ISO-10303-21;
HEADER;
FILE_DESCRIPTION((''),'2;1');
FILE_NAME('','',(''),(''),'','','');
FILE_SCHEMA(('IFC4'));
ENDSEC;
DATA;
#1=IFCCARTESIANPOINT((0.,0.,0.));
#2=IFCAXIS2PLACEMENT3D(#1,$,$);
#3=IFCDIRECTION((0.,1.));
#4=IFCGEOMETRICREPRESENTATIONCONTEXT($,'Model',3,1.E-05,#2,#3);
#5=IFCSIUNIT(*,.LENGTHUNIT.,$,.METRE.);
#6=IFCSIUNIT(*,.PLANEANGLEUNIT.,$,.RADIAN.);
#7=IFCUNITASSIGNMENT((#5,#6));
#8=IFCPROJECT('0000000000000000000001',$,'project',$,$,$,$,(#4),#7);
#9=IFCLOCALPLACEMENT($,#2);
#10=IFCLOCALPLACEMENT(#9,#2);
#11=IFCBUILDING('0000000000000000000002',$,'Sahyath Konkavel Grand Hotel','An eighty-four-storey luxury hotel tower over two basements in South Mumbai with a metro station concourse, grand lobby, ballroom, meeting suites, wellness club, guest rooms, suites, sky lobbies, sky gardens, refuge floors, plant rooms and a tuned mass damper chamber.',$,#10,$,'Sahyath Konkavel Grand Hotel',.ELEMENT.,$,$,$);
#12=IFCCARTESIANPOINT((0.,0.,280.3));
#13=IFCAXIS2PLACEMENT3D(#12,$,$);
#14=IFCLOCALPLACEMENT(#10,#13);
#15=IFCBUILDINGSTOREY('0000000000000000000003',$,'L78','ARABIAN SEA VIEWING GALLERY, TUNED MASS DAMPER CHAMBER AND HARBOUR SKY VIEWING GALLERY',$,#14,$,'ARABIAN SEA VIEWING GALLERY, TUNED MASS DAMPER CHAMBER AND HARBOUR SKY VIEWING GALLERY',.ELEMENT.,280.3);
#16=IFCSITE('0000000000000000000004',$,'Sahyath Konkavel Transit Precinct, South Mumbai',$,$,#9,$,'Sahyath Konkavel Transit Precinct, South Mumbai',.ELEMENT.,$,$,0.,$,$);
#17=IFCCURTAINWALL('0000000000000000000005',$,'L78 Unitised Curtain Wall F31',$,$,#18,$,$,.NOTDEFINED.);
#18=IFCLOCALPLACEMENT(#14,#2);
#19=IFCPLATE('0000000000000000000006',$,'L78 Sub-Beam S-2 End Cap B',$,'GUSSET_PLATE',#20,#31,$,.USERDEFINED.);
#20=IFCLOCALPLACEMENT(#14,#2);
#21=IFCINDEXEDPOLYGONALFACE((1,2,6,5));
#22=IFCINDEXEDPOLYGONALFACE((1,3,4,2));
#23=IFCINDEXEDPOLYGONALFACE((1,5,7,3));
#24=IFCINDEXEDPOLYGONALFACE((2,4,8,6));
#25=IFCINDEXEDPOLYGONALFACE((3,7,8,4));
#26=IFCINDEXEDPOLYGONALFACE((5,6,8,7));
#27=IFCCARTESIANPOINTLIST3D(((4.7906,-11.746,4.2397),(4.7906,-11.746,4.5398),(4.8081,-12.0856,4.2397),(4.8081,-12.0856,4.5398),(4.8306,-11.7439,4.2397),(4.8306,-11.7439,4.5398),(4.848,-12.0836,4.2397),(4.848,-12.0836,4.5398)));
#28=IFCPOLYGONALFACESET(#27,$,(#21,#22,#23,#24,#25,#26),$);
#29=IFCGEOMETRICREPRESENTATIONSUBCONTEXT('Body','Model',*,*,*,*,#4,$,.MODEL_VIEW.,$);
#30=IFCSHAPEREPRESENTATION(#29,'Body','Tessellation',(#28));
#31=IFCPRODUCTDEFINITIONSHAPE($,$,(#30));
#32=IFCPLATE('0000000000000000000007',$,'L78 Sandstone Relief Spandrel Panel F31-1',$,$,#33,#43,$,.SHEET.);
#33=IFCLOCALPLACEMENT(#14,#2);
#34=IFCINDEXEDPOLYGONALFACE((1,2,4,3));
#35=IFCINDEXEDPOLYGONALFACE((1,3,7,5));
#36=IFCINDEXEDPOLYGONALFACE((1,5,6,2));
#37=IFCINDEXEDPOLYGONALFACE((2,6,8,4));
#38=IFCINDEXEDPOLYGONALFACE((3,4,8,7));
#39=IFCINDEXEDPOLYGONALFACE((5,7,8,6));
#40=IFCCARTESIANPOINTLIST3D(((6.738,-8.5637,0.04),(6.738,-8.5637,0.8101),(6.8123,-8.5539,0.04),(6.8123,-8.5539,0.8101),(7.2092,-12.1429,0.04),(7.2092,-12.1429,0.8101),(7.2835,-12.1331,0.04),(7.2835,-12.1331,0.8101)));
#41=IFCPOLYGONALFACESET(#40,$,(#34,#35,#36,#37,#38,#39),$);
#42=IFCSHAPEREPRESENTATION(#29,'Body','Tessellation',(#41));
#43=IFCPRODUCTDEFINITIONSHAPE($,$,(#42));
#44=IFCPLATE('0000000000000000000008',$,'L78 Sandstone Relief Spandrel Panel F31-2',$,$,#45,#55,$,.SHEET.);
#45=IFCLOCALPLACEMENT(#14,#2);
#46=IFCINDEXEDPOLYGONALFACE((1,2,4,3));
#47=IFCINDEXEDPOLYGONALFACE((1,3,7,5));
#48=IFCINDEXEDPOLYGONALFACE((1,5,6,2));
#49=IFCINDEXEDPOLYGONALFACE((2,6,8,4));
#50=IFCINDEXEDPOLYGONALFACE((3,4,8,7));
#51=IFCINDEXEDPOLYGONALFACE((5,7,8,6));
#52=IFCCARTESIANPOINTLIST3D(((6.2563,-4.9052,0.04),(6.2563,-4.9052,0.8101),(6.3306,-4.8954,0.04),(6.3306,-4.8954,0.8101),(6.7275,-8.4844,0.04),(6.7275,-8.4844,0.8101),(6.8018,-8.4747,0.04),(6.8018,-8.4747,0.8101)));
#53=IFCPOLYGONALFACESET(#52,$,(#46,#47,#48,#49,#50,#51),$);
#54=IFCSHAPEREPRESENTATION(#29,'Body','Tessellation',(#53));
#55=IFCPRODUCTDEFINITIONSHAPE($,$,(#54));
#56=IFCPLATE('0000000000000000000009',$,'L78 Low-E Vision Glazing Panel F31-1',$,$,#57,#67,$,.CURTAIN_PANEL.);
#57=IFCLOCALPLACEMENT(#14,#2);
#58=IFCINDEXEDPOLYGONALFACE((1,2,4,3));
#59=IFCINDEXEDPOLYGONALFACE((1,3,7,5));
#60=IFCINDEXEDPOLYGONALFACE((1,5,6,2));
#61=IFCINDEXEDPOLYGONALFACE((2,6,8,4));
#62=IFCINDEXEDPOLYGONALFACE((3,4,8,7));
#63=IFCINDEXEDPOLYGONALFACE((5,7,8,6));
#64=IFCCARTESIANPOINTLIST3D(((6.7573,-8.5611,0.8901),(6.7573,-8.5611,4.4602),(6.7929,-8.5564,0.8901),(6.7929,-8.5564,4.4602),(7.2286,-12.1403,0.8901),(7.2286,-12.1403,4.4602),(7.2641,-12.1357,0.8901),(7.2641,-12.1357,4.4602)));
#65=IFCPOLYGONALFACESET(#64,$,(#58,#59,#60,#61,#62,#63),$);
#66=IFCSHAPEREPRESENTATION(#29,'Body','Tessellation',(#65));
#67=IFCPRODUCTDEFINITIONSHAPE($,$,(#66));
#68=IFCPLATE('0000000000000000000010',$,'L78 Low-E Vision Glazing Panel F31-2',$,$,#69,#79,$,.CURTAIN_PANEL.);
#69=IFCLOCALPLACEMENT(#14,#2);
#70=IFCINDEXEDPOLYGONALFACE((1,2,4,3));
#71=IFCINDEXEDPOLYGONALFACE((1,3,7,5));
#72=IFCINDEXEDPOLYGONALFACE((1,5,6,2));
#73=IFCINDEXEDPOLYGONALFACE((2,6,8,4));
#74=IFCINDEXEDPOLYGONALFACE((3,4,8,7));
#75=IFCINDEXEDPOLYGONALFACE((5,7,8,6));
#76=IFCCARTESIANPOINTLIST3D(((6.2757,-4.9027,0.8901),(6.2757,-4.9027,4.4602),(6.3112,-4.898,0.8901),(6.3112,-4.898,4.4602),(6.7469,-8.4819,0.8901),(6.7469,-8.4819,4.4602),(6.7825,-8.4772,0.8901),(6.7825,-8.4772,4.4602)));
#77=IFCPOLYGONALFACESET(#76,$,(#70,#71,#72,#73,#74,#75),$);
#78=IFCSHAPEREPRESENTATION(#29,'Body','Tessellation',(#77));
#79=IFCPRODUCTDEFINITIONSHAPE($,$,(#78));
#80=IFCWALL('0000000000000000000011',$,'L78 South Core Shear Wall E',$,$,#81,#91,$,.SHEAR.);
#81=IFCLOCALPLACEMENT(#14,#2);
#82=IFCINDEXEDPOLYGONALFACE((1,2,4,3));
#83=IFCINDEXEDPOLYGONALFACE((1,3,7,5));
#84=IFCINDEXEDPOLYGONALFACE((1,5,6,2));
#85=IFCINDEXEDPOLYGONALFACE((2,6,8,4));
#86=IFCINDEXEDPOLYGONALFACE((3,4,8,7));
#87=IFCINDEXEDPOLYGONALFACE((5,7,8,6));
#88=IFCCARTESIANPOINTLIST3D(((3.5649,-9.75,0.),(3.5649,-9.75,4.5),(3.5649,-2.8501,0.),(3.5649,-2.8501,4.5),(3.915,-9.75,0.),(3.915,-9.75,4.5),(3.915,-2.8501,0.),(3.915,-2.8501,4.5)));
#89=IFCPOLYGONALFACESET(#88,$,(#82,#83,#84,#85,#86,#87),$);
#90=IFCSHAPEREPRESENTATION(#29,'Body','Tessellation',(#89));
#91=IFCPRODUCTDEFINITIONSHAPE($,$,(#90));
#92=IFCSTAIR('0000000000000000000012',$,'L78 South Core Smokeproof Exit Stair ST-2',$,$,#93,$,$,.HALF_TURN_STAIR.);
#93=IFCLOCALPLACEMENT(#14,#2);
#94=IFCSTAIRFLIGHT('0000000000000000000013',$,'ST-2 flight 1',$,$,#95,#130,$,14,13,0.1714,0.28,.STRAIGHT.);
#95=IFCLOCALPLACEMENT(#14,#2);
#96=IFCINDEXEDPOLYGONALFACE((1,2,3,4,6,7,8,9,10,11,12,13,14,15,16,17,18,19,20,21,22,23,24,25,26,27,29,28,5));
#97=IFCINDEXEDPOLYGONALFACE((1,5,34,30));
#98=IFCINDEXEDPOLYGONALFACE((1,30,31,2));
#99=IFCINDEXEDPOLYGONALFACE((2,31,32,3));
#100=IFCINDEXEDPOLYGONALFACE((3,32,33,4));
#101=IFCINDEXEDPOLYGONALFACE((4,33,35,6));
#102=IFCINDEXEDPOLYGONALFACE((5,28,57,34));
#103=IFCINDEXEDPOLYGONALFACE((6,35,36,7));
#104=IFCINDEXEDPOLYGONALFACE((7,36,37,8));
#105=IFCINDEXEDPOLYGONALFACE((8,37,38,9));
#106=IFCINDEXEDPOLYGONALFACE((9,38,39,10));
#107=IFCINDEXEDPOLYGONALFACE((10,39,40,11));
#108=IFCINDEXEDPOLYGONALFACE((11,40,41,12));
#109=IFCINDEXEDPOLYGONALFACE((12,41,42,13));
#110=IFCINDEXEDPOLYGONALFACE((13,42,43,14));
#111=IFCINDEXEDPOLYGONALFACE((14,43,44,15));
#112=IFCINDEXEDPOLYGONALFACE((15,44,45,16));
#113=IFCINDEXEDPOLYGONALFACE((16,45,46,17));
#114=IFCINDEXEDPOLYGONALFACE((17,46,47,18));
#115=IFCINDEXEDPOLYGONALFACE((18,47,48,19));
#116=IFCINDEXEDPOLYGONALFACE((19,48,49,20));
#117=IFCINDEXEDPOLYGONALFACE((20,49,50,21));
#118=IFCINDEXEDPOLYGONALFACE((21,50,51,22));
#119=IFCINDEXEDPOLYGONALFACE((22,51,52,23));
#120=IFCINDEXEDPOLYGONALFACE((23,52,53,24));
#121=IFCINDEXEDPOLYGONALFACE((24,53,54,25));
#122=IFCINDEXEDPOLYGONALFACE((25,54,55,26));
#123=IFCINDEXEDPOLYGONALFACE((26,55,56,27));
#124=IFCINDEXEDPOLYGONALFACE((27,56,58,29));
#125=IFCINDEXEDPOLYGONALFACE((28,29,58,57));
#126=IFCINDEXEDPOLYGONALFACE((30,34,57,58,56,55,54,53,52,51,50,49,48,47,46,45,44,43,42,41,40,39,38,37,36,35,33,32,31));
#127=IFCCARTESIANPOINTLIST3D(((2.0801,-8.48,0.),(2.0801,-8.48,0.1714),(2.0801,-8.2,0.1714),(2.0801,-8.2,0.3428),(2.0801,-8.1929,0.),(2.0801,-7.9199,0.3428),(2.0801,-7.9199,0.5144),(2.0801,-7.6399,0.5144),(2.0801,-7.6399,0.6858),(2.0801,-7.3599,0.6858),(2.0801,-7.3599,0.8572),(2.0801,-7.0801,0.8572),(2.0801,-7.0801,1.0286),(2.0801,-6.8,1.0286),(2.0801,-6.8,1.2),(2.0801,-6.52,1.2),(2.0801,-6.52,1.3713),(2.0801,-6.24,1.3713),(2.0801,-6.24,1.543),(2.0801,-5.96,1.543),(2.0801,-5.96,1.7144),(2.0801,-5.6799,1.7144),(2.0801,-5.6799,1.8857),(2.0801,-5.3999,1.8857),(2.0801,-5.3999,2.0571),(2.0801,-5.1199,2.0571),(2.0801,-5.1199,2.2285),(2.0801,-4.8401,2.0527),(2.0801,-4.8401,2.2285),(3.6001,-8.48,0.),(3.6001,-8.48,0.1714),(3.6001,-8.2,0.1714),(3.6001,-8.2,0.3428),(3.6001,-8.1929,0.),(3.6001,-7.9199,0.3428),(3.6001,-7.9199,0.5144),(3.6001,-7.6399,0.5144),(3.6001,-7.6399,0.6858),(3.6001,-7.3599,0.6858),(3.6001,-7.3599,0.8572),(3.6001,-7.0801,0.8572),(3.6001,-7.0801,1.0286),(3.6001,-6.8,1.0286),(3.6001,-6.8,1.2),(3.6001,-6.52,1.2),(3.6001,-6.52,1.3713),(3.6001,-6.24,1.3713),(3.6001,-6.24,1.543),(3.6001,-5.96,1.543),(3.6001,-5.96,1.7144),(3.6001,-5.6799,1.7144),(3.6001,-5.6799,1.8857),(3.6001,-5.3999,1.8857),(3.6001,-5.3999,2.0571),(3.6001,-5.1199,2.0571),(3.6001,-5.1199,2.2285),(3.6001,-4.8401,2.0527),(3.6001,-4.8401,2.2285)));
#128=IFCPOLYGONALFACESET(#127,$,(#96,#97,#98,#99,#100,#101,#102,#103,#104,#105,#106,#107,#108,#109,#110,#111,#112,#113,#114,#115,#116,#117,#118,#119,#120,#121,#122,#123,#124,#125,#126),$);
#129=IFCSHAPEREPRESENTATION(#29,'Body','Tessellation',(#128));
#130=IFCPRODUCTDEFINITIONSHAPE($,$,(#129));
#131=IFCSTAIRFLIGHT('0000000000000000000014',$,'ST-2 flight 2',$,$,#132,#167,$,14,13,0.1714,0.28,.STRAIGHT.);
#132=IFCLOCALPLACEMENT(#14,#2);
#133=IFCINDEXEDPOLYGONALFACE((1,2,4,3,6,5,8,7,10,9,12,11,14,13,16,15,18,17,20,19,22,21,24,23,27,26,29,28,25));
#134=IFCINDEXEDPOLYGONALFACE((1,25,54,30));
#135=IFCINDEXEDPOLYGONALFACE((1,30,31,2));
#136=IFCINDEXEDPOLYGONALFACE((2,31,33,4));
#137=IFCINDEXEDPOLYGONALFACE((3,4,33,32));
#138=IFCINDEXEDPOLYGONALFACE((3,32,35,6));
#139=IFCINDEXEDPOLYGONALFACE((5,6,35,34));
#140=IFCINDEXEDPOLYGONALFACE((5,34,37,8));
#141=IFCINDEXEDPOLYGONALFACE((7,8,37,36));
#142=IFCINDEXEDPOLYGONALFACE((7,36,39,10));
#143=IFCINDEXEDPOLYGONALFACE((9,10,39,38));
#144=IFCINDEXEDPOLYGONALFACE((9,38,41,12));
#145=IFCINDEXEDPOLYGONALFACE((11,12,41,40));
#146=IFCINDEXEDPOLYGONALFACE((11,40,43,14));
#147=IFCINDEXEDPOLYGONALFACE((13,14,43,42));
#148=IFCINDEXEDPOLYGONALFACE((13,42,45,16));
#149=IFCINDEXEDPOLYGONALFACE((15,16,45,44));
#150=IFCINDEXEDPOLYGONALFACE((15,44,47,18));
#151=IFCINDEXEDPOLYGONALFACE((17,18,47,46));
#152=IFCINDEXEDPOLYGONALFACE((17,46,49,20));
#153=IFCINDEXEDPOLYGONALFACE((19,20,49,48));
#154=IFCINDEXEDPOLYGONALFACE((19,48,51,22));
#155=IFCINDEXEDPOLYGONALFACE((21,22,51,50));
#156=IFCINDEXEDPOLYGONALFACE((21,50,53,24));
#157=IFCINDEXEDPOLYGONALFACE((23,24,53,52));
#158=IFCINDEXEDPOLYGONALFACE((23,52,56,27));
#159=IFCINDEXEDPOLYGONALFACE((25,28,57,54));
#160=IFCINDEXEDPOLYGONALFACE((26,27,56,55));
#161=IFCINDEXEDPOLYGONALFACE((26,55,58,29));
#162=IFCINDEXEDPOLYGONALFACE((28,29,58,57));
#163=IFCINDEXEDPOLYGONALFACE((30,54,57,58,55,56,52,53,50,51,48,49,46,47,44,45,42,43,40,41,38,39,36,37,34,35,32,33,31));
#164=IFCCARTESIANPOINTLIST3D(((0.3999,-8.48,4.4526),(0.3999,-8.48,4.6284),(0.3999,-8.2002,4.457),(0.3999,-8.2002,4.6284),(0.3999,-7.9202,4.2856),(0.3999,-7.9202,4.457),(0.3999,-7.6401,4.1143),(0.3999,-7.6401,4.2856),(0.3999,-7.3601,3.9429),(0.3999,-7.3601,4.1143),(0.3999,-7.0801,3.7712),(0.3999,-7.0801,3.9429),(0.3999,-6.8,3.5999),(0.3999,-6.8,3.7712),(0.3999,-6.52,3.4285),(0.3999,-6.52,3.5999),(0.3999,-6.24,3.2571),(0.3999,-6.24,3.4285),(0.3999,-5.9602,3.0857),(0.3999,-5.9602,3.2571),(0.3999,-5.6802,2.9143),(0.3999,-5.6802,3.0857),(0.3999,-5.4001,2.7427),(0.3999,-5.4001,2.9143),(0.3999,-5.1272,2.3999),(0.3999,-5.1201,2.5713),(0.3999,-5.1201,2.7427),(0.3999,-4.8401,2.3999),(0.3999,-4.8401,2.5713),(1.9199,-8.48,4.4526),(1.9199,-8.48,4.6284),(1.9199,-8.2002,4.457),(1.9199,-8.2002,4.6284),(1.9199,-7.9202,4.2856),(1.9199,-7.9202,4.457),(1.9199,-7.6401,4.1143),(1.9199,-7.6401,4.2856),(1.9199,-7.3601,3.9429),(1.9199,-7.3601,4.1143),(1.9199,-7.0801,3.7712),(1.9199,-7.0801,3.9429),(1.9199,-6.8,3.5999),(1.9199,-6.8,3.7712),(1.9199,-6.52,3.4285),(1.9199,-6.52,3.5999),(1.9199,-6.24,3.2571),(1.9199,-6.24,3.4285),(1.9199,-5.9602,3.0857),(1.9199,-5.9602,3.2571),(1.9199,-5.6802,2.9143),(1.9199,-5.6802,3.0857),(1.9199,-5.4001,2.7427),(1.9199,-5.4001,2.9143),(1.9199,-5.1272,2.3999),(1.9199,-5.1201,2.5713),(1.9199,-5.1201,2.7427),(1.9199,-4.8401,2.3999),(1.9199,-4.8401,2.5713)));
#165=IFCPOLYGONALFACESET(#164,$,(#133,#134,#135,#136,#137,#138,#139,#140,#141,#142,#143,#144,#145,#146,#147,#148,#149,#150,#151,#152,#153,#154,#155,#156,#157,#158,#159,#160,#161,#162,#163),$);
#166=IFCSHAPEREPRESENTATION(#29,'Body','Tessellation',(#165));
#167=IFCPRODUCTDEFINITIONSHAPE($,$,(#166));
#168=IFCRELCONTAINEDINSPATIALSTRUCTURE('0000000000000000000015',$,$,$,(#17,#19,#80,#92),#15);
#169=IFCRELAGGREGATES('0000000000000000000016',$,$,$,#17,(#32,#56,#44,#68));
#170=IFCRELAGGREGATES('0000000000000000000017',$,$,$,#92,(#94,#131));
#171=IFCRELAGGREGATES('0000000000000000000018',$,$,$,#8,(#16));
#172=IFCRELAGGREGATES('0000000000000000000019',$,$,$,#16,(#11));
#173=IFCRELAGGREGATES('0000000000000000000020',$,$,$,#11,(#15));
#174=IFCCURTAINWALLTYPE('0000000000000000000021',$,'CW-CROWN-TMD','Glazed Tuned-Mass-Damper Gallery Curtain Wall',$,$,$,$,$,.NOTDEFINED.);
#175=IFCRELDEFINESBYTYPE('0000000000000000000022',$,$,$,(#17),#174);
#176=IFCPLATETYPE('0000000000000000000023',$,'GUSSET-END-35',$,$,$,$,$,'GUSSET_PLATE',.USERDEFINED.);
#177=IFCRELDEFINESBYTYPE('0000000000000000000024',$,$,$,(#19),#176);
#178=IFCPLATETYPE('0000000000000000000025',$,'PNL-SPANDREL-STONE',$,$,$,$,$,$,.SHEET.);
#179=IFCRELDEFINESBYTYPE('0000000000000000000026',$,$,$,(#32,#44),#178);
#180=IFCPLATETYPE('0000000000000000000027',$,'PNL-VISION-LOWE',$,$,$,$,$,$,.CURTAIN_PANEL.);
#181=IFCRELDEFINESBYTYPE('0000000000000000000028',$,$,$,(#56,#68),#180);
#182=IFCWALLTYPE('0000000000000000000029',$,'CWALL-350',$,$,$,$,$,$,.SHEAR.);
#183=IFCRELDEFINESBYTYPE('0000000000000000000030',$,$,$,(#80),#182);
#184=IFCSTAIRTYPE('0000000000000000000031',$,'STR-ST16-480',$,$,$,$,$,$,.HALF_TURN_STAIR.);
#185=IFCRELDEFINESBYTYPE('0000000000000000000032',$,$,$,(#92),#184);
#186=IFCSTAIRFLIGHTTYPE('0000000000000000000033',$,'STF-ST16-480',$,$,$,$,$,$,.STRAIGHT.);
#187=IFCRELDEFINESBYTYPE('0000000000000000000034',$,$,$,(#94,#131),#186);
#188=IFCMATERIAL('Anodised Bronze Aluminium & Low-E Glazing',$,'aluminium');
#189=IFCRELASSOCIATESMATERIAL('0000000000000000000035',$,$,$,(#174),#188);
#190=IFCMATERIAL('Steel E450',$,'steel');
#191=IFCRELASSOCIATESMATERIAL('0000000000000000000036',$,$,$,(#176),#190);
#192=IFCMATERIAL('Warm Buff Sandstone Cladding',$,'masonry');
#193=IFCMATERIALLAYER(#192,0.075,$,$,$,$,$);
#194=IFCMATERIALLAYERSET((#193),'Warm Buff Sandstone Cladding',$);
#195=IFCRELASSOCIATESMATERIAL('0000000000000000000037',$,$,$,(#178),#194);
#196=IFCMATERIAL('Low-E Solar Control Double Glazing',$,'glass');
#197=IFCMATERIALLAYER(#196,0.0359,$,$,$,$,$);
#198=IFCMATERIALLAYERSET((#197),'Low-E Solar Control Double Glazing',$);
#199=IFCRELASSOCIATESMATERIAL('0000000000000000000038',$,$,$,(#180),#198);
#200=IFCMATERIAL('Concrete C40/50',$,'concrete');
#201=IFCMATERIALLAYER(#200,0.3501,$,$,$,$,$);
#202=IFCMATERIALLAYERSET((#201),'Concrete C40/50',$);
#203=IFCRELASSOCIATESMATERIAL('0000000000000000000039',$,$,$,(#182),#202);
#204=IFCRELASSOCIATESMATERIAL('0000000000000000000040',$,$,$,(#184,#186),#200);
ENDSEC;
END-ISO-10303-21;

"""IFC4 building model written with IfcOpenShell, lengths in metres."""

from ifc_helpers import new_model, si_unit, direction, frame, frame_2d, origin, origin_2d, place, context, subcontext, project, spatial, polyline, rectangle, outline, extrude, source, transform, mapped, material, layer, layer_set, type_object, element, aggregate, save


model = new_model("IFC4")

# Units and contexts
model_context = context("Model", 3, precision=1e-05, world=origin(), true_north=direction((0.0, 1.0)))
body_context = subcontext(model_context, "Body", "Model", "MODEL_VIEW")
ifc_project = project(units=[si_unit("LENGTHUNIT", "METRE"), si_unit("PLANEANGLEUNIT", "RADIAN")], contexts=[model_context])

# Site, building, storey
site_placement = place(None, origin())
site = spatial("IfcSite", under=ifc_project, at=site_placement, Name="Sahyath Konkavel Transit Precinct, South Mumbai", LongName="Sahyath Konkavel Transit Precinct, South Mumbai", CompositionType="ELEMENT", RefElevation=0.0)
building_placement = place(site_placement, origin())
building = spatial("IfcBuilding", under=site, at=building_placement, Name="Sahyath Konkavel Grand Hotel", Description="An eighty-four-storey luxury hotel tower over two basements in South Mumbai with a metro station concourse, grand lobby, ballroom, meeting suites, wellness club, guest rooms, suites, sky lobbies, sky gardens, refuge floors, plant rooms and a tuned mass damper chamber.", LongName="Sahyath Konkavel Grand Hotel", CompositionType="ELEMENT")
storey_placement = place(building_placement, frame((0.0, 0.0, 280.3)))
storey = spatial("IfcBuildingStorey", under=building, at=storey_placement, Name="L78", Description="ARABIAN SEA VIEWING GALLERY, TUNED MASS DAMPER CHAMBER AND HARBOUR SKY VIEWING GALLERY", LongName="ARABIAN SEA VIEWING GALLERY, TUNED MASS DAMPER CHAMBER AND HARBOUR SKY VIEWING GALLERY", CompositionType="ELEMENT", Elevation=280.3)

# Shared definitions
ifc_material_1 = material(Name="Anodised Bronze Aluminium & Low-E Glazing", Category="aluminium")
curtain_wall_type = type_object("IfcCurtainWallType", Name="CW-CROWN-TMD", Description="Glazed Tuned-Mass-Damper Gallery Curtain Wall", PredefinedType="NOTDEFINED", material=ifc_material_1)

# Curtain wall
curtain_wall_1_placement = place(storey_placement, origin())
curtain_wall_1 = element("IfcCurtainWall", 1, at=curtain_wall_1_placement, inside=storey, type_object=curtain_wall_type, Name="L78 Unitised Curtain Wall F31", PredefinedType="NOTDEFINED")

# Plates
ifc_material_2 = material(Name="Steel E450", Category="steel")
plate_type_1 = type_object("IfcPlateType", Name="GUSSET-END-35", ElementType="GUSSET_PLATE", PredefinedType="USERDEFINED", material=ifc_material_2)
shared_shape_1 = source(origin(), body_context, "Body", "SweptSolid", [
    extrude(rectangle(XDim=0.04, YDim=0.3401, at=origin_2d()), origin(), (0.0, 0.0, 1.0), 0.3),
])
plate_1_placement = place(storey_placement, frame((4.8193, -11.9148, 4.2397), z_axis=(0.0, 0.0, 1.0), x_axis=(0.998686, 0.051238, 0.0)))
element("IfcPlate", 2, at=plate_1_placement, inside=storey, type_object=plate_type_1, Name="L78 Sub-Beam S-2 End Cap B", ObjectType="GUSSET_PLATE", PredefinedType="USERDEFINED", context=body_context, shape_type="MappedRepresentation", body=[
    mapped(shared_shape_1, transform((0.0, 0.0, 0.0), scale=1.0)),
])
ifc_material_3 = material(Name="Warm Buff Sandstone Cladding", Category="masonry")
ifc_layer_1 = layer(ifc_material_3, 0.075)
ifc_layer_set_1 = layer_set([ifc_layer_1], Name="Warm Buff Sandstone Cladding")
plate_type_2 = type_object("IfcPlateType", Name="PNL-SPANDREL-STONE", PredefinedType="SHEET", material=ifc_layer_set_1)
shared_shape_2 = source(origin(), body_context, "Body", "SweptSolid", [
    extrude(rectangle(XDim=3.6101, YDim=0.075, at=origin_2d()), origin(), (0.0, 0.0, 1.0), 0.77),
])
plate_2_placement = place(storey_placement, frame((7.0107, -10.3484, 0.04), z_axis=(0.0, 0.0, 1.0), x_axis=(-0.130526, 0.991445, 0.0)))
plate_2 = element("IfcPlate", 3, at=plate_2_placement, type_object=plate_type_2, Name="L78 Sandstone Relief Spandrel Panel F31-1", PredefinedType="SHEET", context=body_context, shape_type="MappedRepresentation", body=[
    mapped(shared_shape_2, transform((0.0, 0.0, 0.0), scale=1.0)),
])
plate_3_placement = place(storey_placement, frame((6.5291, -6.6899, 0.04), z_axis=(0.0, 0.0, 1.0), x_axis=(-0.130526, 0.991445, 0.0)))
plate_3 = element("IfcPlate", 4, at=plate_3_placement, type_object=plate_type_2, Name="L78 Sandstone Relief Spandrel Panel F31-2", PredefinedType="SHEET", context=body_context, shape_type="MappedRepresentation", body=[
    mapped(shared_shape_2, transform((0.0, 0.0, 0.0), scale=1.0)),
])
ifc_material_4 = material(Name="Low-E Solar Control Double Glazing", Category="glass")
ifc_layer_2 = layer(ifc_material_4, 0.0359)
ifc_layer_set_2 = layer_set([ifc_layer_2], Name="Low-E Solar Control Double Glazing")
plate_type_3 = type_object("IfcPlateType", Name="PNL-VISION-LOWE", PredefinedType="CURTAIN_PANEL", material=ifc_layer_set_2)
shared_shape_3 = source(origin(), body_context, "Body", "SweptSolid", [
    extrude(rectangle(XDim=3.6101, YDim=0.0359, at=origin_2d()), origin(), (0.0, 0.0, 1.0), 3.5701),
])
plate_4_placement = place(storey_placement, frame((7.0107, -10.3484, 0.8901), z_axis=(0.0, 0.0, 1.0), x_axis=(-0.130526, 0.991445, 0.0)))
plate_4 = element("IfcPlate", 5, at=plate_4_placement, type_object=plate_type_3, Name="L78 Low-E Vision Glazing Panel F31-1", PredefinedType="CURTAIN_PANEL", context=body_context, shape_type="MappedRepresentation", body=[
    mapped(shared_shape_3, transform((0.0, 0.0, 0.0), scale=1.0)),
])
plate_5_placement = place(storey_placement, frame((6.5291, -6.6899, 0.8901), z_axis=(0.0, 0.0, 1.0), x_axis=(-0.130526, 0.991445, 0.0)))
plate_5 = element("IfcPlate", 6, at=plate_5_placement, type_object=plate_type_3, Name="L78 Low-E Vision Glazing Panel F31-2", PredefinedType="CURTAIN_PANEL", context=body_context, shape_type="MappedRepresentation", body=[
    mapped(shared_shape_3, transform((0.0, 0.0, 0.0), scale=1.0)),
])
aggregate(curtain_wall_1, [plate_2, plate_4, plate_3, plate_5])

# Wall
ifc_material_5 = material(Name="Concrete C40/50", Category="concrete")
ifc_layer_3 = layer(ifc_material_5, 0.3501)
ifc_layer_set_3 = layer_set([ifc_layer_3], Name="Concrete C40/50")
wall_type = type_object("IfcWallType", Name="CWALL-350", PredefinedType="SHEAR", material=ifc_layer_set_3)
wall_placement = place(storey_placement, frame((3.74, -9.75, 0.0), z_axis=(0.0, 0.0, 1.0), x_axis=(0.0, 1.0, 0.0)))
element("IfcWall", 7, at=wall_placement, inside=storey, type_object=wall_type, Name="L78 South Core Shear Wall E", PredefinedType="SHEAR", context=body_context, shape_type="SweptSolid", body=[
    extrude(rectangle(XDim=6.8999, YDim=0.3501, at=frame_2d((3.45, 0.0))), origin(), (0.0, 0.0, 1.0), 4.5),
])

# Stair, stair flights
stair_type = type_object("IfcStairType", Name="STR-ST16-480", PredefinedType="HALF_TURN_STAIR", material=ifc_material_5)
stair_placement = place(storey_placement, origin())
stair = element("IfcStair", 8, at=stair_placement, inside=storey, type_object=stair_type, Name="L78 South Core Smokeproof Exit Stair ST-2", PredefinedType="HALF_TURN_STAIR")
stair_flight_type = type_object("IfcStairFlightType", Name="STF-ST16-480", PredefinedType="STRAIGHT", material=ifc_material_5)
stair_flight_1_placement = place(storey_placement, frame((2.8401, -8.48, 0.0), z_axis=(0.0, 0.0, 1.0), x_axis=(0.0, 1.0, 0.0)))
stair_flight_1 = element("IfcStairFlight", 9, at=stair_flight_1_placement, type_object=stair_flight_type, Name="ST-2 flight 1", NumberOfRisers=14, NumberOfTreads=13, PredefinedType="STRAIGHT", RiserHeight=0.1714, TreadLength=0.28, context=body_context, shape_type="SweptSolid", body=[
    extrude(outline(polyline([(0.0, 0.0), (0.0, 0.1714), (0.28, 0.1714), (0.28, 0.3428), (0.5601, 0.3428), (0.5601, 0.5144), (0.8401, 0.5144), (0.8401, 0.6858), (1.1201, 0.6858), (1.1201, 0.8572), (1.3999, 0.8572), (1.3999, 1.0286), (1.6799, 1.0286), (1.6799, 1.2), (1.96, 1.2), (1.96, 1.3713), (2.24, 1.3713), (2.24, 1.543), (2.52, 1.543), (2.52, 1.7144), (2.8, 1.7144), (2.8, 1.8857), (3.0801, 1.8857), (3.0801, 2.0571), (3.3601, 2.0571), (3.3601, 2.2285), (3.6399, 2.2285), (3.6399, 2.3999), (3.6399, 2.0527), (0.2871, 0.0), (0.0, 0.0)])), frame((0.0, 0.76, 0.0), z_axis=(0.0, -1.0, 0.0), x_axis=(1.0, 0.0, 0.0)), (0.0, 0.0, 1.0), 1.52),
])
stair_flight_2_placement = place(storey_placement, frame((1.1599, -4.8401, 2.3999), z_axis=(0.0, 0.0, 1.0), x_axis=(0.0, -1.0, 0.0)))
stair_flight_2 = element("IfcStairFlight", 10, at=stair_flight_2_placement, type_object=stair_flight_type, Name="ST-2 flight 2", NumberOfRisers=14, NumberOfTreads=13, PredefinedType="STRAIGHT", RiserHeight=0.1714, TreadLength=0.28, context=body_context, shape_type="SweptSolid", body=[
    extrude(outline(polyline([(0.0, 0.0), (0.0, 0.1714), (0.28, 0.1714), (0.28, 0.3428), (0.5601, 0.3428), (0.5601, 0.5144), (0.8401, 0.5144), (0.8401, 0.6858), (1.1201, 0.6858), (1.1201, 0.8572), (1.3999, 0.8572), (1.3999, 1.0286), (1.6799, 1.0286), (1.6799, 1.2), (1.96, 1.2), (1.96, 1.3713), (2.24, 1.3713), (2.24, 1.543), (2.52, 1.543), (2.52, 1.7144), (2.8, 1.7144), (2.8, 1.8857), (3.0801, 1.8857), (3.0801, 2.0571), (3.3601, 2.0571), (3.3601, 2.2285), (3.6399, 2.2285), (3.6399, 2.3999), (3.6399, 2.0527), (0.2871, 0.0), (0.0, 0.0)])), frame((0.0, 0.76, 0.0), z_axis=(0.0, -1.0, 0.0), x_axis=(1.0, 0.0, 0.0)), (0.0, 0.0, 1.0), 1.52),
])
aggregate(stair, [stair_flight_1, stair_flight_2])

save(model, "model.ifc")
